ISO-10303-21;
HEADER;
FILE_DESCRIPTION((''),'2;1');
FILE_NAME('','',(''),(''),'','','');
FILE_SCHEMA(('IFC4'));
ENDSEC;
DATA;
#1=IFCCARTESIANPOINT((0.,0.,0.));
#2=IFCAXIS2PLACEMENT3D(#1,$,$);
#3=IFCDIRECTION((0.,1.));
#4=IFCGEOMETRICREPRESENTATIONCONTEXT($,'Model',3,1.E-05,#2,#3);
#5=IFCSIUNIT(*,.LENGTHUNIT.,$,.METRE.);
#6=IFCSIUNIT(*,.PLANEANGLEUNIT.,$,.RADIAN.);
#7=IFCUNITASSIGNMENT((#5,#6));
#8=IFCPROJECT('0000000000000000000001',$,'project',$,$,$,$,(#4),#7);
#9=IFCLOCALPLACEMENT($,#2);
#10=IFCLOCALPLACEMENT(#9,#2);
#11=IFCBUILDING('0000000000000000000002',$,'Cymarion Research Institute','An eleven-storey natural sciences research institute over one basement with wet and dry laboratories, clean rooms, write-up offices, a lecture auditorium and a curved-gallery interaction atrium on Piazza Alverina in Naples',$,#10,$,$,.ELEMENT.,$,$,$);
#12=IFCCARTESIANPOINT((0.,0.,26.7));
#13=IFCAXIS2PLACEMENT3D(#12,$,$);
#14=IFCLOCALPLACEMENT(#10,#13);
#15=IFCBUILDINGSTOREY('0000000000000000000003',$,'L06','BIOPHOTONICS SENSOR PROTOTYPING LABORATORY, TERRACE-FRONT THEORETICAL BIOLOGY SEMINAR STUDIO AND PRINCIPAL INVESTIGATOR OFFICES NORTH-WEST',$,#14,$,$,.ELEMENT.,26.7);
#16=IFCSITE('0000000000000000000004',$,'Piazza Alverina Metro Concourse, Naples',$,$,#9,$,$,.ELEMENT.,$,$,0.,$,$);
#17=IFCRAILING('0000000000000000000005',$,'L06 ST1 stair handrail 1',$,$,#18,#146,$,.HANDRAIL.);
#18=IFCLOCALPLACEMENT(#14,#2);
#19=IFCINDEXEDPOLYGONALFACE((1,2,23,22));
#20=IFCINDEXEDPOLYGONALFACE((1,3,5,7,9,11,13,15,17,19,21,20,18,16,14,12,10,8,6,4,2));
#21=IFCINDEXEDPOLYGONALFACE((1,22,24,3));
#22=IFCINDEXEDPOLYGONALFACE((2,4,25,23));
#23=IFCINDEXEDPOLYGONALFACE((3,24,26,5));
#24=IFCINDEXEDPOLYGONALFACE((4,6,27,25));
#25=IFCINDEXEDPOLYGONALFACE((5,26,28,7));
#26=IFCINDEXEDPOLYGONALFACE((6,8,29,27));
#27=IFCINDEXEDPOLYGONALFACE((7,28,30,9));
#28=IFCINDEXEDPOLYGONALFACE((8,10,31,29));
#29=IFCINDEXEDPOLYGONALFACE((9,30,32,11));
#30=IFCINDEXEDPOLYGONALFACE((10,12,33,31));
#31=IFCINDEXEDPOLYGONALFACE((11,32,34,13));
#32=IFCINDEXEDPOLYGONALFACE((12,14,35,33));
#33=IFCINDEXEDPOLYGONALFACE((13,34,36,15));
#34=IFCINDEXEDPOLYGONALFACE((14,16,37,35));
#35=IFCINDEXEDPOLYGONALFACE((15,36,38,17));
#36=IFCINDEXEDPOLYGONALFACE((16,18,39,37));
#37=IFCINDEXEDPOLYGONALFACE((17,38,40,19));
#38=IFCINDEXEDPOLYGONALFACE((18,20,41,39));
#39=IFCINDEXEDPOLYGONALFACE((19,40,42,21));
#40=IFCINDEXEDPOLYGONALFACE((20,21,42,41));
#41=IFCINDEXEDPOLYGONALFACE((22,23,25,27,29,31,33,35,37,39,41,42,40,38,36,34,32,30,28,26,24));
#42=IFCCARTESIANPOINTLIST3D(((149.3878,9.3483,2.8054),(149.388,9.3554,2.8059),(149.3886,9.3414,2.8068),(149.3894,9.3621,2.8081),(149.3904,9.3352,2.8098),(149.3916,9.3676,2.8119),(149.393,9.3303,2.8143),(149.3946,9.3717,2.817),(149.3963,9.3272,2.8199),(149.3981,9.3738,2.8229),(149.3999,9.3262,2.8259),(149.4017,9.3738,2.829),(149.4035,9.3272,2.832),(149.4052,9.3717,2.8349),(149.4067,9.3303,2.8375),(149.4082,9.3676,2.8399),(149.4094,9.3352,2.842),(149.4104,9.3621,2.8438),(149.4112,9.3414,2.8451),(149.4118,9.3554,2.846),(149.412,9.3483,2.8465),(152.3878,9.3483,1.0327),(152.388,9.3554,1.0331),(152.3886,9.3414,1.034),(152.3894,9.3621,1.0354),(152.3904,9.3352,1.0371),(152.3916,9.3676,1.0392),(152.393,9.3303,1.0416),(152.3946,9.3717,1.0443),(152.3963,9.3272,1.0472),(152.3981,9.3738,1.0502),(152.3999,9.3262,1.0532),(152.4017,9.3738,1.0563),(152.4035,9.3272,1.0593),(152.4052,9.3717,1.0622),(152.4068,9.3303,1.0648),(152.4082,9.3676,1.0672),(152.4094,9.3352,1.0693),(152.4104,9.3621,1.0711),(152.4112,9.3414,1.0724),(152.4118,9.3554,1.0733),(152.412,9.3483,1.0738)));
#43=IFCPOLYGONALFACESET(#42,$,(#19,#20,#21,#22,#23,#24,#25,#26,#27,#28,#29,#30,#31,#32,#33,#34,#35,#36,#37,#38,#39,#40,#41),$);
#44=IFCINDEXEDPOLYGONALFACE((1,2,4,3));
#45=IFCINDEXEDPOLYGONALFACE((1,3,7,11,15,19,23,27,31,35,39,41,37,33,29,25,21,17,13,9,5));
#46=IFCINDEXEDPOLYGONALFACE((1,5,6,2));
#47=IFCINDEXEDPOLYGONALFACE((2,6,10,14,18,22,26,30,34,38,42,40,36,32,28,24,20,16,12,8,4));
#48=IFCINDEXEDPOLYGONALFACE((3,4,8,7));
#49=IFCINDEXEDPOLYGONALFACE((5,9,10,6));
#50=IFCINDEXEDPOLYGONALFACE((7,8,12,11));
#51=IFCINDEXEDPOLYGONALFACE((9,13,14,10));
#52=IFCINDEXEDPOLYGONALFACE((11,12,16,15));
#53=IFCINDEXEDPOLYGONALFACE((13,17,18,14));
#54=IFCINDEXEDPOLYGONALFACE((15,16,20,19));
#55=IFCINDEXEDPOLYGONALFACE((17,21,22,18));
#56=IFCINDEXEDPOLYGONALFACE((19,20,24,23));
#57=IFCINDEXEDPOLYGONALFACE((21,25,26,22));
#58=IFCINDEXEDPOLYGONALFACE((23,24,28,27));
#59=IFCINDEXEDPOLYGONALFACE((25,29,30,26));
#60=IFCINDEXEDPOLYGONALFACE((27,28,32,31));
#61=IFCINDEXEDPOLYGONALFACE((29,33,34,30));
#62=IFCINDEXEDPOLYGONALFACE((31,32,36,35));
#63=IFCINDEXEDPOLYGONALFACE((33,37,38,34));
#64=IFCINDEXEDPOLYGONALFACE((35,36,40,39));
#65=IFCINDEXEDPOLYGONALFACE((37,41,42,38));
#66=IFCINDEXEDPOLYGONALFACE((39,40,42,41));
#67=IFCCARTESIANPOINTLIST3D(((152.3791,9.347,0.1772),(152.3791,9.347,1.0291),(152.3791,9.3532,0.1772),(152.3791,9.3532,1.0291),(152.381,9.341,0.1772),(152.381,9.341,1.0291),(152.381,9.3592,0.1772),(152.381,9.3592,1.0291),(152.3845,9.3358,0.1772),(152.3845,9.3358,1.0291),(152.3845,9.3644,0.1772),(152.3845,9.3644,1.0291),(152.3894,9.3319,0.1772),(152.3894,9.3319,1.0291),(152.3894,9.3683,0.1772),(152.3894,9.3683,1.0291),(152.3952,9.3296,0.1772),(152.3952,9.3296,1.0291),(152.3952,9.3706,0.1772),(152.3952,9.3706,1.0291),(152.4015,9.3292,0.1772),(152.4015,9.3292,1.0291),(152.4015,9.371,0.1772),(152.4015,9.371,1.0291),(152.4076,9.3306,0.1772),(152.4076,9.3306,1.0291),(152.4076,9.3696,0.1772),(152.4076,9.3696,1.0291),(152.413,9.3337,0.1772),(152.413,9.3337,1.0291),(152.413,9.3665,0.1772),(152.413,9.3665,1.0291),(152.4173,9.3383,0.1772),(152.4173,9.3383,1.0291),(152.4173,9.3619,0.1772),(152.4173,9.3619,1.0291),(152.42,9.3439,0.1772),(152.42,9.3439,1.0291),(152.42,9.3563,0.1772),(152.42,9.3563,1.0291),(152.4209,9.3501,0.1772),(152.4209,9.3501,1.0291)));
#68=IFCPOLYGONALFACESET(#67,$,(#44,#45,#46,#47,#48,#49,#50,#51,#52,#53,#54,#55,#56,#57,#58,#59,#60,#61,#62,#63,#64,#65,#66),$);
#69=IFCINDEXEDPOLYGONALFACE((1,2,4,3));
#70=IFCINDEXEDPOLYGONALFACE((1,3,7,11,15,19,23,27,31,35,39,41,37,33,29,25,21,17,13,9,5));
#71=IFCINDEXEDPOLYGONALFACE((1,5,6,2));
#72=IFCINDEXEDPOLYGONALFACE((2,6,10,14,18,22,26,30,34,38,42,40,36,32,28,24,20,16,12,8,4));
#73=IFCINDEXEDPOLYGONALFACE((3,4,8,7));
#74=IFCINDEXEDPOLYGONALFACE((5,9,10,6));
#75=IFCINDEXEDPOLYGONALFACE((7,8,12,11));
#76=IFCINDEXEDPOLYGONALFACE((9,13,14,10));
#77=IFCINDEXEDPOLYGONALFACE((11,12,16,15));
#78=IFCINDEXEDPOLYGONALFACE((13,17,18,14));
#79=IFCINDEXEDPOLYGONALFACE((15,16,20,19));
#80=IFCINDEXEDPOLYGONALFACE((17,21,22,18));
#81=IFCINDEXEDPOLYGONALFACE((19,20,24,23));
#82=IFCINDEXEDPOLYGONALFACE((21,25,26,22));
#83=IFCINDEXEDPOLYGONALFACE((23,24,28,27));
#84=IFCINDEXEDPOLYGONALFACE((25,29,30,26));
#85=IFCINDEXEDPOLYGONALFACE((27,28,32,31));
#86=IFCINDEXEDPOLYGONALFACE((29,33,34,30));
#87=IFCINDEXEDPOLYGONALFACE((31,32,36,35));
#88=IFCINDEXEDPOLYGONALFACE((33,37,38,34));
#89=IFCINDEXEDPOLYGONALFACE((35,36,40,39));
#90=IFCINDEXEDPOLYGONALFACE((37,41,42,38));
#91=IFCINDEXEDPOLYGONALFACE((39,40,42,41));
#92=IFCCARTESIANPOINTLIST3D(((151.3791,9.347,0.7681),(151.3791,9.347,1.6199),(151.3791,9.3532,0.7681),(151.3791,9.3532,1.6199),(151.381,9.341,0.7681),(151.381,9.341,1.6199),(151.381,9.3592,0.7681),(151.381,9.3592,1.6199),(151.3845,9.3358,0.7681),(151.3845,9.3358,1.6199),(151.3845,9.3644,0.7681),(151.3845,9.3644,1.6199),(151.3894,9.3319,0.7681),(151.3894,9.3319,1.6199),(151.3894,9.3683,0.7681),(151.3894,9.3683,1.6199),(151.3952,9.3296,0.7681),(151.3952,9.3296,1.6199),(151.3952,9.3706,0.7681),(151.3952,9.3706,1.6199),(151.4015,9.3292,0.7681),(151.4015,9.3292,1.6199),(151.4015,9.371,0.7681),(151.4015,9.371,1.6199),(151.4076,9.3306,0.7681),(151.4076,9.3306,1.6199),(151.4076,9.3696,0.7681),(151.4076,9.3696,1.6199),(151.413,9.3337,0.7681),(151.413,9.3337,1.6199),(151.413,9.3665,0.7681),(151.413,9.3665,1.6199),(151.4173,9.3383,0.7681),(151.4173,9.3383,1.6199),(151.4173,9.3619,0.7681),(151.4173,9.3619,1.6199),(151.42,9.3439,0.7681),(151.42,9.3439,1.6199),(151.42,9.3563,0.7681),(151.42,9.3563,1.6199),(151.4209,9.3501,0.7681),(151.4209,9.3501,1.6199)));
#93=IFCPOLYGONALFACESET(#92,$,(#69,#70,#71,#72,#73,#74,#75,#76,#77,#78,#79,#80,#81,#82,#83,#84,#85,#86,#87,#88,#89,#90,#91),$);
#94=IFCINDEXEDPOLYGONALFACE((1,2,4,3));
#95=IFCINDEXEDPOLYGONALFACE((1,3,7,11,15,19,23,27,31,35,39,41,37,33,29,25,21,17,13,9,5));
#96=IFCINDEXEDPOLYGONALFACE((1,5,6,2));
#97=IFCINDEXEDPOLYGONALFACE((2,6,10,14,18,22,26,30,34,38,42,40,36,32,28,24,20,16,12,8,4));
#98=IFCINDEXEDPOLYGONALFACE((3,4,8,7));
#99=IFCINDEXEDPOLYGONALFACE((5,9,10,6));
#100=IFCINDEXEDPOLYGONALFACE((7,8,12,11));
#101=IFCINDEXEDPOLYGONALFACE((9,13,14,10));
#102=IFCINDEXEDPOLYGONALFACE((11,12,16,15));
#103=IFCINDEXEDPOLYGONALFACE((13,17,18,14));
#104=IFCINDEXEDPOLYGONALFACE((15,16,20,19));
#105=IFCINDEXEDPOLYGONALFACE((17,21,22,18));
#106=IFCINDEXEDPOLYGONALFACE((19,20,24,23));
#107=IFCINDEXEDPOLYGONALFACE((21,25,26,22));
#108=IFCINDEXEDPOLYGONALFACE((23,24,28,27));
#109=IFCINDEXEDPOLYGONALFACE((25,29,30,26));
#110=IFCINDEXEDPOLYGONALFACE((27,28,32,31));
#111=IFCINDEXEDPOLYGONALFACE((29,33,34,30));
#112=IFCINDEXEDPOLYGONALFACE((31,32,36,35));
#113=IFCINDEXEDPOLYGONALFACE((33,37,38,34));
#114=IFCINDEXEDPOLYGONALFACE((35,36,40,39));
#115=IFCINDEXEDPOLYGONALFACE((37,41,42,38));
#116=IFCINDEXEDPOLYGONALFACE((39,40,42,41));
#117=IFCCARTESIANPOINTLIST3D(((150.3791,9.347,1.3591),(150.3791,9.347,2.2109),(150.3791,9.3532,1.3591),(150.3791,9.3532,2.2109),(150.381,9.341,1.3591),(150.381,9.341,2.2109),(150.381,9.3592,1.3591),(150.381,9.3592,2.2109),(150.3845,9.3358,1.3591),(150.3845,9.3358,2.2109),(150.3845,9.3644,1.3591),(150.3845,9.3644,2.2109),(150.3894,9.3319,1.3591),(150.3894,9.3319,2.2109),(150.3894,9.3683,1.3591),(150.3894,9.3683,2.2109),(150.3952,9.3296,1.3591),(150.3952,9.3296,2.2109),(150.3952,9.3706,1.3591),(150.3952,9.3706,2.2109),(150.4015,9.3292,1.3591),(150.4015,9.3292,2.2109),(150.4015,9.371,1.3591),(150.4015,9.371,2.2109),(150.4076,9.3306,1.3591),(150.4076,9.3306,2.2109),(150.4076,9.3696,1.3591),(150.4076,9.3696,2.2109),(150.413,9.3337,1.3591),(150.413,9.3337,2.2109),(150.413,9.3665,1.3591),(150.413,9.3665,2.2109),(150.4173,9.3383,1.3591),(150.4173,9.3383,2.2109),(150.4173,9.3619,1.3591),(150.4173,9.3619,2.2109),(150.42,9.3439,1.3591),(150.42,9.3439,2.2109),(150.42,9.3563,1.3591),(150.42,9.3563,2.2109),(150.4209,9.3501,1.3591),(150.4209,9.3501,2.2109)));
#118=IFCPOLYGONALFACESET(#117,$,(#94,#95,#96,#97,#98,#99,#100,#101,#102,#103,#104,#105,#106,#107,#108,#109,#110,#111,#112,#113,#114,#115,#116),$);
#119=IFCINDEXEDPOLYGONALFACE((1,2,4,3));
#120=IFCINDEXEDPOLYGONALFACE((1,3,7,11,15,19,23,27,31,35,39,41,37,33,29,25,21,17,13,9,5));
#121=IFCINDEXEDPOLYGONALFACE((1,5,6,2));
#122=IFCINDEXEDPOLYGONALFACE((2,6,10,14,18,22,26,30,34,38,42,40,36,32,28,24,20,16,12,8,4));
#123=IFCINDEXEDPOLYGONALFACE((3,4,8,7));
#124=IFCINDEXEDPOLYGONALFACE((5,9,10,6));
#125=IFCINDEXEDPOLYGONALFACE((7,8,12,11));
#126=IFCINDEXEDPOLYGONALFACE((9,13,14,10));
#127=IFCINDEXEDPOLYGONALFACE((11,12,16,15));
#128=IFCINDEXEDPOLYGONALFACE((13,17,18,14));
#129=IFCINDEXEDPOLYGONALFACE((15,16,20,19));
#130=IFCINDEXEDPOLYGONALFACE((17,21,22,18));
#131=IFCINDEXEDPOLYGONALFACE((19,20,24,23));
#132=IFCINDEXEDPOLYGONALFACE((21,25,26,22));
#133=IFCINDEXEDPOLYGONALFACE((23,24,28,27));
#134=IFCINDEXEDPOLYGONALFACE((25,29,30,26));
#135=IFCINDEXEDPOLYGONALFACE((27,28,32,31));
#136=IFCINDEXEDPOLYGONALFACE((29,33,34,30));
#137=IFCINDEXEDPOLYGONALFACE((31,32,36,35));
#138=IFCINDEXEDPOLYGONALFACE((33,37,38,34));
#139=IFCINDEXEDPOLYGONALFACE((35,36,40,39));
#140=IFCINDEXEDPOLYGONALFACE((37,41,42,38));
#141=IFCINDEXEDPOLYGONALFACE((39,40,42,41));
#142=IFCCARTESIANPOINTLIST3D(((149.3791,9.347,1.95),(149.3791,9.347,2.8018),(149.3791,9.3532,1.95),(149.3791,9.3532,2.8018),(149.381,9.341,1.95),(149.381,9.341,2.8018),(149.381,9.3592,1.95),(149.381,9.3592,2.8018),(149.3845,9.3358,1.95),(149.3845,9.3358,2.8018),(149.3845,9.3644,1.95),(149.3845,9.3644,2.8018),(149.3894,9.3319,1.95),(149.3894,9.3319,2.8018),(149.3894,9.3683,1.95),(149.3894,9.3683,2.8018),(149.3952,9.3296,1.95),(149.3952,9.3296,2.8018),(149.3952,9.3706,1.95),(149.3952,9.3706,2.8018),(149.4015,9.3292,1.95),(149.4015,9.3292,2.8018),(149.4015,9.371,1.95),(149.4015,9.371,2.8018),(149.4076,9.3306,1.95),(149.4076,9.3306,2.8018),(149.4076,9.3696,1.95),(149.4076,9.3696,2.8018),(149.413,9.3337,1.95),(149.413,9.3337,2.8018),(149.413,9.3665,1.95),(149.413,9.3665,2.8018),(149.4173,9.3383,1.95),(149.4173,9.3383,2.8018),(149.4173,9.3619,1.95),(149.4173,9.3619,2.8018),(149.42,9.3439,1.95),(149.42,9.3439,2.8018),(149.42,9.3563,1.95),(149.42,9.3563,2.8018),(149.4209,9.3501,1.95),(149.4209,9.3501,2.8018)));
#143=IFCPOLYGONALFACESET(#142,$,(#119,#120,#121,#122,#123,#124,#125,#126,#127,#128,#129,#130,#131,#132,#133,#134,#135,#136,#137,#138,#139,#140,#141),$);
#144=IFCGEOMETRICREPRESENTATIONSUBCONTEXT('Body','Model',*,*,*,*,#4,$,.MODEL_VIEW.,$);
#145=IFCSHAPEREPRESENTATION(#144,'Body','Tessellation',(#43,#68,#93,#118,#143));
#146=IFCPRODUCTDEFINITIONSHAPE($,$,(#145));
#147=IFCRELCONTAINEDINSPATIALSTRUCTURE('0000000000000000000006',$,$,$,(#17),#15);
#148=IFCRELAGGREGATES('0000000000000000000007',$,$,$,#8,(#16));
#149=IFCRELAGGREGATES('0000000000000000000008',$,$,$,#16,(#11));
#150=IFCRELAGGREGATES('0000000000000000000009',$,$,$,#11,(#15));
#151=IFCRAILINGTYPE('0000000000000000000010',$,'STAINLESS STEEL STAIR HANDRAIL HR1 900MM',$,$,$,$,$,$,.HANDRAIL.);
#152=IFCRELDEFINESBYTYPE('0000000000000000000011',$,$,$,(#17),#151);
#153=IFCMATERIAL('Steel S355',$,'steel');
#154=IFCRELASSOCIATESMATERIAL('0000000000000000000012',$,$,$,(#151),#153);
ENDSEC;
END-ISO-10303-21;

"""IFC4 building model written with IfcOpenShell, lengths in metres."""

from ifc_helpers import new_model, si_unit, direction, frame, origin, origin_2d, place, context, subcontext, project, spatial, circle, extrude, material, type_object, element, save


model = new_model("IFC4")

# Units and contexts
model_context = context("Model", 3, precision=1e-05, world=origin(), true_north=direction((0.0, 1.0)))
body_context = subcontext(model_context, "Body", "Model", "MODEL_VIEW")
ifc_project = project(units=[si_unit("LENGTHUNIT", "METRE"), si_unit("PLANEANGLEUNIT", "RADIAN")], contexts=[model_context])

# Site, building, storey
site_placement = place(None, origin())
site = spatial("IfcSite", under=ifc_project, at=site_placement, Name="Piazza Alverina Metro Concourse, Naples", CompositionType="ELEMENT", RefElevation=0.0)
building_placement = place(site_placement, origin())
building = spatial("IfcBuilding", under=site, at=building_placement, Name="Cymarion Research Institute", Description="An eleven-storey natural sciences research institute over one basement with wet and dry laboratories, clean rooms, write-up offices, a lecture auditorium and a curved-gallery interaction atrium on Piazza Alverina in Naples", CompositionType="ELEMENT")
storey_placement = place(building_placement, frame((0.0, 0.0, 26.7)))
storey = spatial("IfcBuildingStorey", under=building, at=storey_placement, Name="L06", Description="BIOPHOTONICS SENSOR PROTOTYPING LABORATORY, TERRACE-FRONT THEORETICAL BIOLOGY SEMINAR STUDIO AND PRINCIPAL INVESTIGATOR OFFICES NORTH-WEST", CompositionType="ELEMENT", Elevation=26.7)

# Shared definitions
ifc_material_1 = material(Name="Steel S355", Category="steel")

# Railing
railing_type_1 = type_object("IfcRailingType", Name="STAINLESS STEEL STAIR HANDRAIL HR1 900MM", PredefinedType="HANDRAIL", material=ifc_material_1)
railing_1_placement = place(storey_placement, frame((152.3999, 9.3501, 0.1772)))
element("IfcRailing", 1, at=railing_1_placement, inside=storey, type_object=railing_type_1, Name="L06 ST1 stair handrail 1", PredefinedType="HANDRAIL", context=body_context, shape_type="SweptSolid", body=[
    extrude(circle(Radius=0.0239, at=origin_2d()), frame((0.0, 0.0, 0.876), z_axis=(-0.860929, 0.0, 0.508725), x_axis=(0.0, -1.0, 0.0)), (0.0, 0.0, 1.0), 3.4846),
    extrude(circle(Radius=0.021, at=origin_2d()), origin(), (0.0, 0.0, 1.0), 0.8518),
    extrude(circle(Radius=0.021, at=origin_2d()), frame((-1.0, 0.0, 0.5908)), (0.0, 0.0, 1.0), 0.8518),
    extrude(circle(Radius=0.021, at=origin_2d()), frame((-2.0, 0.0, 1.1819)), (0.0, 0.0, 1.0), 0.8518),
    extrude(circle(Radius=0.021, at=origin_2d()), frame((-3.0, 0.0, 1.7727)), (0.0, 0.0, 1.0), 0.8518),
])

save(model, "model.ifc")
